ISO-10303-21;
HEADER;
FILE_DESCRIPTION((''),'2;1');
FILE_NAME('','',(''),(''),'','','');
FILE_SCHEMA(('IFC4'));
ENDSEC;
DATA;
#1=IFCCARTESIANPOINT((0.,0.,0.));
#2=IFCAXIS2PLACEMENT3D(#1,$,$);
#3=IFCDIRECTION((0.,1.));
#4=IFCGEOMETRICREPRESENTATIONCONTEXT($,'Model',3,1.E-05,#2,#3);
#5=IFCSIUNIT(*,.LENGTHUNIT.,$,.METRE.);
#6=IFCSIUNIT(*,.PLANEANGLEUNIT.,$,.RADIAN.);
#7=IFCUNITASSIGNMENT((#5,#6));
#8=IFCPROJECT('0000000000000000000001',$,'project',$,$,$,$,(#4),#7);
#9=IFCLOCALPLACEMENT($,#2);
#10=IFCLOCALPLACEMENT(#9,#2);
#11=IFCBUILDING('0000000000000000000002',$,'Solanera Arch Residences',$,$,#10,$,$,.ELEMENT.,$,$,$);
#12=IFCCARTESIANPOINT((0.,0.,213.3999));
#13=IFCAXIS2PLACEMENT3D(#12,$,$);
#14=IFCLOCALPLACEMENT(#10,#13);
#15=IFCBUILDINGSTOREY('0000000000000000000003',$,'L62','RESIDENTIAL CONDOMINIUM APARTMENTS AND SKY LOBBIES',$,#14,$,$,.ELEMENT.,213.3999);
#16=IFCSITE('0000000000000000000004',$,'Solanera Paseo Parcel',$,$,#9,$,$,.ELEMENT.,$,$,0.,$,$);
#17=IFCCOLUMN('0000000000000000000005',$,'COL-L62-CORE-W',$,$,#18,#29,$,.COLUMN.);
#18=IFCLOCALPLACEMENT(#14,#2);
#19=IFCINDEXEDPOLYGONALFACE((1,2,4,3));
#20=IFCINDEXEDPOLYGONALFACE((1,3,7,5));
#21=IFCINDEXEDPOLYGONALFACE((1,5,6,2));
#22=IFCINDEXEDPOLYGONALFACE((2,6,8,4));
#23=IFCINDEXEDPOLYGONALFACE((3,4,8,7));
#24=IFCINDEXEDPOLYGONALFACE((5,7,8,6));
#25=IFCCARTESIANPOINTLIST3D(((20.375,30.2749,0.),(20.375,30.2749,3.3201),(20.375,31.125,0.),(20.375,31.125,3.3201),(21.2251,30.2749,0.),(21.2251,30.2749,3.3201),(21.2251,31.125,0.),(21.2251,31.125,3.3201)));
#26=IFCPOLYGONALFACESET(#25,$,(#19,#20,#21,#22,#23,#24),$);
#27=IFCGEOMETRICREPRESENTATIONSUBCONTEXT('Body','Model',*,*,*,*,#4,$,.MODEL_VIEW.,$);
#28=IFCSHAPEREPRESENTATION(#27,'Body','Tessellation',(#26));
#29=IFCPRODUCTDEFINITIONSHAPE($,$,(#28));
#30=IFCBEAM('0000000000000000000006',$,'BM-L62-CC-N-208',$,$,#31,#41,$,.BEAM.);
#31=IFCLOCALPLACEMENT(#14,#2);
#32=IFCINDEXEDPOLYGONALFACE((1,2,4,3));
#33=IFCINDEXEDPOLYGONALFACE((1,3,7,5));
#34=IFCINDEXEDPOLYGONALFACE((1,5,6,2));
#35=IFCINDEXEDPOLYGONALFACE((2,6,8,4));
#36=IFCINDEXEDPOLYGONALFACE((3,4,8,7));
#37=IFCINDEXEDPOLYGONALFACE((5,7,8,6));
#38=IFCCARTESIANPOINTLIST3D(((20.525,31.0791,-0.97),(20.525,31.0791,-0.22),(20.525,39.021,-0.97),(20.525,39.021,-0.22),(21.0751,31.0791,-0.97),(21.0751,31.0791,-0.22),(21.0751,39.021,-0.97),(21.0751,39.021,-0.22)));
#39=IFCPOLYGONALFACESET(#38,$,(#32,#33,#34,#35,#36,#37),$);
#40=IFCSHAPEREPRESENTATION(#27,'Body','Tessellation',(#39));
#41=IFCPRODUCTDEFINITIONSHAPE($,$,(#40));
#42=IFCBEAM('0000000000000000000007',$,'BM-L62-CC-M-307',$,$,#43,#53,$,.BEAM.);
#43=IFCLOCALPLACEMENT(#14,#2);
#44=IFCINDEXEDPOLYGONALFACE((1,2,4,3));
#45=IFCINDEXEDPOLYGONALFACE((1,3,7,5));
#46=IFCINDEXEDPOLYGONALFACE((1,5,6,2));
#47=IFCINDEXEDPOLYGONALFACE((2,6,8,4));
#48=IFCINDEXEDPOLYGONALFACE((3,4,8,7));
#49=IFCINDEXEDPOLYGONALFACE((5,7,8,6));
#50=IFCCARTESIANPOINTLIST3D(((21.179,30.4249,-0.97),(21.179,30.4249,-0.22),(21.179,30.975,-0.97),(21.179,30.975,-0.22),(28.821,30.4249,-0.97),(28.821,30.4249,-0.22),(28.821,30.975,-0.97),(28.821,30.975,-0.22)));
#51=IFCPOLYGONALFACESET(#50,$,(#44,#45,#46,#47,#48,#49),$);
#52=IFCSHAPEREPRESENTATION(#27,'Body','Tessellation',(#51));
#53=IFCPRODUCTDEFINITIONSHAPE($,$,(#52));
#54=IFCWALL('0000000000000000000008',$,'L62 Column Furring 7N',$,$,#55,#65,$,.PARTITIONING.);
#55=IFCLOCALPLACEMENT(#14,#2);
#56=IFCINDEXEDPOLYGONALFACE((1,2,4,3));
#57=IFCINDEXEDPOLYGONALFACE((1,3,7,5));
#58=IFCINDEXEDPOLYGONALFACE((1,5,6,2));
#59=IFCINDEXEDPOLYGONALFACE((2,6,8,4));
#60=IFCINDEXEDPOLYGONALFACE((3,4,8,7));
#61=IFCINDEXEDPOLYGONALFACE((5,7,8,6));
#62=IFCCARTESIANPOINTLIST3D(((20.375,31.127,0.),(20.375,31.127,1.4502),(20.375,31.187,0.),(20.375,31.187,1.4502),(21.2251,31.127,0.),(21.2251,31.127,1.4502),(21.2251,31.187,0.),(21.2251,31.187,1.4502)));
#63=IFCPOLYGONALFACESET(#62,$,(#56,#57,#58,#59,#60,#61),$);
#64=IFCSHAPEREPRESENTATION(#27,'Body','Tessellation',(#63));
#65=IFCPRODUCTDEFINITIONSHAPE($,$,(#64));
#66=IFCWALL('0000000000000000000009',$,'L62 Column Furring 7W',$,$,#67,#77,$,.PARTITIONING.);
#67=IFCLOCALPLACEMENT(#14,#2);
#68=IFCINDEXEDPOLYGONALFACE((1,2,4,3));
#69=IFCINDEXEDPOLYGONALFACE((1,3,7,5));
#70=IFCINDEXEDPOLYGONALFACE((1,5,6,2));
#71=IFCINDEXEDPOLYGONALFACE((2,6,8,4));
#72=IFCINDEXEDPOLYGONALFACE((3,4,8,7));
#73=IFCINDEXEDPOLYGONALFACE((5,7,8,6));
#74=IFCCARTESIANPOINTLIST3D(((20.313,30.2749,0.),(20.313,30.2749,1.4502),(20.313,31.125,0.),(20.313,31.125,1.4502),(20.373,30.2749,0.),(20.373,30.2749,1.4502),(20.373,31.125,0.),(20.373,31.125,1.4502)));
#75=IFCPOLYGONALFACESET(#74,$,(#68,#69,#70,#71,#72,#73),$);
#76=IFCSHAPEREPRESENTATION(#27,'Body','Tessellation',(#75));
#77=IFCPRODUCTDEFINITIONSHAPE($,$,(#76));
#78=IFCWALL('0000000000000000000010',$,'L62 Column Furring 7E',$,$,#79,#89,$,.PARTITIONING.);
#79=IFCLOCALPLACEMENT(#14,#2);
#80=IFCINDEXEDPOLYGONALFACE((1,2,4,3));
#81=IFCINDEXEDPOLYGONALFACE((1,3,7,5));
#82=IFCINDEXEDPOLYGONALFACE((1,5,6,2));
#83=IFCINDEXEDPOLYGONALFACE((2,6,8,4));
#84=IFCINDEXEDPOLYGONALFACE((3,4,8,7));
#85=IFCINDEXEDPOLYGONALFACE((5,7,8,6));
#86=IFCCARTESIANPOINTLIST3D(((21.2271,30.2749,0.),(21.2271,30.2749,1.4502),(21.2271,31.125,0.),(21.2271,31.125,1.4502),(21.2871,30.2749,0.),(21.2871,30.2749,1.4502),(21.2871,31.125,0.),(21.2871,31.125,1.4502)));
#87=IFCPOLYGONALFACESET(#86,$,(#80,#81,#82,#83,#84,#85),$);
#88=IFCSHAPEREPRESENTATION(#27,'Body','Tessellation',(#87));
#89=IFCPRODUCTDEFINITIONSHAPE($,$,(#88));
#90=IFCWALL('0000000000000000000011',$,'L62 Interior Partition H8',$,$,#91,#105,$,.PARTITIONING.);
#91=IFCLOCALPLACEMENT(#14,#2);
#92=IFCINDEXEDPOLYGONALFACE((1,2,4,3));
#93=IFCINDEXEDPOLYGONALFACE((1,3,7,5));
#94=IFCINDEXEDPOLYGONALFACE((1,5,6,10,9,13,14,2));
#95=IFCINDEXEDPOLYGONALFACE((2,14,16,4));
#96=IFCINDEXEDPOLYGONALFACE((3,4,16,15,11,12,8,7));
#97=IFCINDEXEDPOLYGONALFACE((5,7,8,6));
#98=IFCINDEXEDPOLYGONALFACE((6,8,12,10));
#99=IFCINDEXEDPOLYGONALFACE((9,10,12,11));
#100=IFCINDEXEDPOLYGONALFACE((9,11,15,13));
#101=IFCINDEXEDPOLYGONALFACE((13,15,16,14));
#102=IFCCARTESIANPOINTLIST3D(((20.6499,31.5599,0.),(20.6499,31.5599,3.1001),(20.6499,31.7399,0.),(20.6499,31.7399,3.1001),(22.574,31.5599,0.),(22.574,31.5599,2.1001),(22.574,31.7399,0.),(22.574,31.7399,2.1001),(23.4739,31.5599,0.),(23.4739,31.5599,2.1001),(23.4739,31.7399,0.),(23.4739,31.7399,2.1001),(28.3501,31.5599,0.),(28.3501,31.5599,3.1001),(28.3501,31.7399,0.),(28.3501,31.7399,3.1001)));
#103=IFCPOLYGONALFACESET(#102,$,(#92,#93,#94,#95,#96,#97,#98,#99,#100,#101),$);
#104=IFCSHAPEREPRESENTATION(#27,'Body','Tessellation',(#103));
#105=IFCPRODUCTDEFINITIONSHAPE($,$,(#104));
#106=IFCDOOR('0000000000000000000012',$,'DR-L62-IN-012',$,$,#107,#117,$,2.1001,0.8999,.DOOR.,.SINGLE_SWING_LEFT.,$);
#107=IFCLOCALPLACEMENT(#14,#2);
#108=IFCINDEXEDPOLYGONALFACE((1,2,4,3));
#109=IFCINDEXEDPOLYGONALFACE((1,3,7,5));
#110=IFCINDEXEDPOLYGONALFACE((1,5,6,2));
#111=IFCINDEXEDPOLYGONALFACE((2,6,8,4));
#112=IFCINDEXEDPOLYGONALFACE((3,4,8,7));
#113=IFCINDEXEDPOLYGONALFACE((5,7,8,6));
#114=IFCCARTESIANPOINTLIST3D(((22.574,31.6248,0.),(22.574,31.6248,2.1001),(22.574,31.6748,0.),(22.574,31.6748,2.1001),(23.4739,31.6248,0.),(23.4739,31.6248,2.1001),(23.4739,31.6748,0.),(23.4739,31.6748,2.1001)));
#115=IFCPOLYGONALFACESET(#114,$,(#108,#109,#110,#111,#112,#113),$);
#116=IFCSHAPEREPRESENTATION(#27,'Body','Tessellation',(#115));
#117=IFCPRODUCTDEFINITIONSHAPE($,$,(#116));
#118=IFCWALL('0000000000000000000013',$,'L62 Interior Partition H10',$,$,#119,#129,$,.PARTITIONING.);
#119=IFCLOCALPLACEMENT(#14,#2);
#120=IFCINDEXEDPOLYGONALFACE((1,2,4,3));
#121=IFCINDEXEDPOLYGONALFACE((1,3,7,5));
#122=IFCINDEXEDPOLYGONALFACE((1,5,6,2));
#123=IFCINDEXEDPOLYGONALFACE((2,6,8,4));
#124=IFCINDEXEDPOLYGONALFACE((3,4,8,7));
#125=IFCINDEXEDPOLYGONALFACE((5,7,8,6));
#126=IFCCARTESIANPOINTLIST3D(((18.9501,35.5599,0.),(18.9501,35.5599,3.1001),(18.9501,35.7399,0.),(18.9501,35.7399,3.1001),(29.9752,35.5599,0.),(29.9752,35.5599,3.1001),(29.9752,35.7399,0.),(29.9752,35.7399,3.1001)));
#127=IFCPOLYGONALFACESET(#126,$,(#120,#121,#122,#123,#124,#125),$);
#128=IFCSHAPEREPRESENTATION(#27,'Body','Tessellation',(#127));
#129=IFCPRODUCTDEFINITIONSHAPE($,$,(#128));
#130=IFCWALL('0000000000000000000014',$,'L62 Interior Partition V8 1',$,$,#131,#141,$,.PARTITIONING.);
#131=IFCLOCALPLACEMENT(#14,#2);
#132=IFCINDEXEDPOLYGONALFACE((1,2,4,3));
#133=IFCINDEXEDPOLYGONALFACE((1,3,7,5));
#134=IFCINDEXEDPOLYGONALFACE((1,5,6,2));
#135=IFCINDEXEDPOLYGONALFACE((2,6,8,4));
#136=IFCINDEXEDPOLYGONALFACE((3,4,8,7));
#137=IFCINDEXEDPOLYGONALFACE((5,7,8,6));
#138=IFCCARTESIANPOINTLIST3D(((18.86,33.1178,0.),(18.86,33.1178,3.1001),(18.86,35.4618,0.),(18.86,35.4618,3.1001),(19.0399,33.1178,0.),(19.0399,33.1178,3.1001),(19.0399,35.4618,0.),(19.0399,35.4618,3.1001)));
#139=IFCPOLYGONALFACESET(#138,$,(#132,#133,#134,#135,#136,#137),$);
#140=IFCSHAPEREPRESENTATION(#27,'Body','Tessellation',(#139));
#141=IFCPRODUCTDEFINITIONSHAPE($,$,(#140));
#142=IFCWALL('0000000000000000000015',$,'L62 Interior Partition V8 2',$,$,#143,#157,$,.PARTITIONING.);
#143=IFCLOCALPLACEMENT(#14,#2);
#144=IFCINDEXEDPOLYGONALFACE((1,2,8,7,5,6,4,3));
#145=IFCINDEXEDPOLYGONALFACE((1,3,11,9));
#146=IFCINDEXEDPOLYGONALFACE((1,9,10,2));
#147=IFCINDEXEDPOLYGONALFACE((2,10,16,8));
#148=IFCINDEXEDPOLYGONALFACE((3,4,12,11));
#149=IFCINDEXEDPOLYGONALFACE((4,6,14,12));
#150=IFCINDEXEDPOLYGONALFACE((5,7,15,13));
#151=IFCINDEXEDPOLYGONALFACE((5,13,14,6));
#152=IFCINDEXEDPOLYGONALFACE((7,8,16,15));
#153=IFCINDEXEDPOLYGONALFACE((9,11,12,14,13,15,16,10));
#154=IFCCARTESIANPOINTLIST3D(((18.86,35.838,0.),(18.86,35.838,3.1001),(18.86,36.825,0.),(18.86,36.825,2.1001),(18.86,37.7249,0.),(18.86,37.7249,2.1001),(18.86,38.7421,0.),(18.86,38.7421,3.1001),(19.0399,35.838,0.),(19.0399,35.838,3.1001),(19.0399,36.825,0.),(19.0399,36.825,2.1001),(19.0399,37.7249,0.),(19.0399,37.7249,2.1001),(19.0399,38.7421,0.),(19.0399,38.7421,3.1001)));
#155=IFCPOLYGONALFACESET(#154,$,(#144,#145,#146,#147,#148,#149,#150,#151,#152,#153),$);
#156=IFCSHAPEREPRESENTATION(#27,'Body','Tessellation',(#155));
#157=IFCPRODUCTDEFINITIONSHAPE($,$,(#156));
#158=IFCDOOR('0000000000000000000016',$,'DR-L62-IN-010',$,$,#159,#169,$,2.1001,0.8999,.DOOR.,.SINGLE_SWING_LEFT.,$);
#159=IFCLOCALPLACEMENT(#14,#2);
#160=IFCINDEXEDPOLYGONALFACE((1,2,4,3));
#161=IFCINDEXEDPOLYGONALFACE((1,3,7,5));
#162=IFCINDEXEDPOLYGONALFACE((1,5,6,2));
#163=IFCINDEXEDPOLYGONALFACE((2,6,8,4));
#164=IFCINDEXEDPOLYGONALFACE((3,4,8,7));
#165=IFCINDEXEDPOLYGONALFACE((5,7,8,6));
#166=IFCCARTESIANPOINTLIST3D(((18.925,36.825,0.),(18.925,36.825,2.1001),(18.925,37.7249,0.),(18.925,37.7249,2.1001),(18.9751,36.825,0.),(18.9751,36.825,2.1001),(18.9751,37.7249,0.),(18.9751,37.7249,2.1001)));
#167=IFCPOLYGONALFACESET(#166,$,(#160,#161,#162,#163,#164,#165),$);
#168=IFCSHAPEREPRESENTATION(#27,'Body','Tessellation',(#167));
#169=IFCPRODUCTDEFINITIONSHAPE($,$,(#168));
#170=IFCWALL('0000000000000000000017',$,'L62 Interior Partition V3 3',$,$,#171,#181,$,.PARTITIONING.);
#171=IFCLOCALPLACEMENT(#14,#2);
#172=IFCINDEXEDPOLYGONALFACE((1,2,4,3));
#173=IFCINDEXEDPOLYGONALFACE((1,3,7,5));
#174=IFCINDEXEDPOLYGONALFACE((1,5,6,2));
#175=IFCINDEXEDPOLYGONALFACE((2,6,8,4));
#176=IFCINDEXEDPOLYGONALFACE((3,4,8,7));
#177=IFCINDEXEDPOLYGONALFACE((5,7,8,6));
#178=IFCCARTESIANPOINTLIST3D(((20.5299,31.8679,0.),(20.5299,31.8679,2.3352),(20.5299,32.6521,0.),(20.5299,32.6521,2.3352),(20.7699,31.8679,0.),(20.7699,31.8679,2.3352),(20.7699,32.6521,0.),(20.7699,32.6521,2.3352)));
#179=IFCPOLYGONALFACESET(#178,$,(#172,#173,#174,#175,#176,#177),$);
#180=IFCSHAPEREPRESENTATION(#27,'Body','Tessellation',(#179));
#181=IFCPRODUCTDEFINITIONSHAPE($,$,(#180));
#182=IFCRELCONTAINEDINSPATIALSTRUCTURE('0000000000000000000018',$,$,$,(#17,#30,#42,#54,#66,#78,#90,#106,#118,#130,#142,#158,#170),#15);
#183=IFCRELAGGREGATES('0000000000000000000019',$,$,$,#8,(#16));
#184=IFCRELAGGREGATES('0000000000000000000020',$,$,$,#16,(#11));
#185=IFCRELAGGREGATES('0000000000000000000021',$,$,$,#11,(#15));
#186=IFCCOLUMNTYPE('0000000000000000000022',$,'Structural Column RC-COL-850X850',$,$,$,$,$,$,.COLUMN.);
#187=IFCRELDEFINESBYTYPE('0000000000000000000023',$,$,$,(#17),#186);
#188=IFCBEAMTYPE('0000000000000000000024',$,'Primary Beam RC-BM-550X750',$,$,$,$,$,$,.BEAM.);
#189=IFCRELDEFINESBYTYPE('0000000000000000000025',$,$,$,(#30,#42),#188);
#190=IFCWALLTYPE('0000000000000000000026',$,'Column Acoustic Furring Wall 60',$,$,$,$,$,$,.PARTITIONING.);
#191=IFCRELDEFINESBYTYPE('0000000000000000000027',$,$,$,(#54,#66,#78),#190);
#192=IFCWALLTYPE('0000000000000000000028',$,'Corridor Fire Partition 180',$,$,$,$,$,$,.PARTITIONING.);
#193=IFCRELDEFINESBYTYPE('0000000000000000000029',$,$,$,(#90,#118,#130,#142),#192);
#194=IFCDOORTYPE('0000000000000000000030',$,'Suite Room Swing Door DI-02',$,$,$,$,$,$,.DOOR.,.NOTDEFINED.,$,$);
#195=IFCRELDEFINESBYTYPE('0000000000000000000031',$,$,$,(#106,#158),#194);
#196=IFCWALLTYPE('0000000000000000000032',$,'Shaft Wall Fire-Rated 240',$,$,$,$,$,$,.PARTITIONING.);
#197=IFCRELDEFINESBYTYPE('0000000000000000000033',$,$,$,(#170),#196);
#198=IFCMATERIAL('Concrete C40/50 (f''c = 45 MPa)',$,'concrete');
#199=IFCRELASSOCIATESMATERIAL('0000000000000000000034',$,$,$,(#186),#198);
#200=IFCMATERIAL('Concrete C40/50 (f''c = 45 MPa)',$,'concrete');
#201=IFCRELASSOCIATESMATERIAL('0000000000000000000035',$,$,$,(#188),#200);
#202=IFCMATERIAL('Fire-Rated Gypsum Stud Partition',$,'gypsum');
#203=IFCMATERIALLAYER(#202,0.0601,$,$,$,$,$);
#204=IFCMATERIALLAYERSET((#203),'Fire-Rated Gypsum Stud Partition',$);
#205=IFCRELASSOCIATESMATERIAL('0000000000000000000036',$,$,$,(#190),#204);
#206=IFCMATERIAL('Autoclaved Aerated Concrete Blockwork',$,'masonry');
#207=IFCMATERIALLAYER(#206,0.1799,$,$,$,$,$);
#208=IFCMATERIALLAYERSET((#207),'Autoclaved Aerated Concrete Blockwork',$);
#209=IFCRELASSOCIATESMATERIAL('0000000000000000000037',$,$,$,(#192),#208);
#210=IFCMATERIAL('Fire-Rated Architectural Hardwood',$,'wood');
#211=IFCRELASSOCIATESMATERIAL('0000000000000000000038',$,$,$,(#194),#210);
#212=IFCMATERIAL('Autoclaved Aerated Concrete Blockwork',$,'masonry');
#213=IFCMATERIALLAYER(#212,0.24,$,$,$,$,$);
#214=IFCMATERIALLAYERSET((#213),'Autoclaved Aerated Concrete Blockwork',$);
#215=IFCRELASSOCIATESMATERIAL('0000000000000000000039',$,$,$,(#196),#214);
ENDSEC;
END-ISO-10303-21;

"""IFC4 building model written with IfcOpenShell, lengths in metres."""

from ifc_helpers import new_model, si_unit, direction, frame, frame_2d, origin, origin_2d, place, context, subcontext, project, spatial, rectangle, extrude, material, layer, layer_set, material_profile, profile_set, type_object, element, fill, save


model = new_model("IFC4")

# Units and contexts
model_context = context("Model", 3, precision=1e-05, world=origin(), true_north=direction((0.0, 1.0)))
body_context = subcontext(model_context, "Body", "Model", "MODEL_VIEW")
ifc_project = project(units=[si_unit("LENGTHUNIT", "METRE"), si_unit("PLANEANGLEUNIT", "RADIAN")], contexts=[model_context])

# Site, building, storey
site_placement = place(None, origin())
site = spatial("IfcSite", under=ifc_project, at=site_placement, Name="Solanera Paseo Parcel", CompositionType="ELEMENT", RefElevation=0.0)
building_placement = place(site_placement, origin())
building = spatial("IfcBuilding", under=site, at=building_placement, Name="Solanera Arch Residences", CompositionType="ELEMENT")
storey_placement = place(building_placement, frame((0.0, 0.0, 213.3999)))
storey = spatial("IfcBuildingStorey", under=building, at=storey_placement, Name="L62", Description="RESIDENTIAL CONDOMINIUM APARTMENTS AND SKY LOBBIES", CompositionType="ELEMENT", Elevation=213.3999)

# Column
ifc_material_1 = material(Name="Concrete C40/50 (f'c = 45 MPa)", Category="concrete")
ifc_material_profile_1 = material_profile(ifc_material_1, rectangle(XDim=0.8501, YDim=0.8501, at=origin_2d()))
ifc_profile_set_1 = profile_set([ifc_material_profile_1], Name="Concrete C40/50 (f'c = 45 MPa)")
column_type = type_object("IfcColumnType", Name="Structural Column RC-COL-850X850", PredefinedType="COLUMN", material=ifc_profile_set_1)
column_placement = place(storey_placement, frame((20.8, 30.7, 0.0), z_axis=(0.0, 0.0, 1.0), x_axis=(1.0, 0.0, 0.0)))
element("IfcColumn", 1, at=column_placement, inside=storey, type_object=column_type, Name="COL-L62-CORE-W", PredefinedType="COLUMN", context=body_context, shape_type="SweptSolid", body=[
    extrude(rectangle(XDim=0.8501, YDim=0.8501, at=origin_2d()), origin(), (0.0, 0.0, 1.0), 3.3201),
])

# Beams
ifc_material_2 = material(Name="Concrete C40/50 (f'c = 45 MPa)", Category="concrete")
ifc_material_profile_2 = material_profile(ifc_material_2, rectangle(XDim=0.55, YDim=0.75, at=origin_2d()))
ifc_profile_set_2 = profile_set([ifc_material_profile_2], Name="Concrete C40/50 (f'c = 45 MPa)")
beam_type = type_object("IfcBeamType", Name="Primary Beam RC-BM-550X750", PredefinedType="BEAM", material=ifc_profile_set_2)
beam_1_placement = place(storey_placement, frame((20.8, 31.0791, -0.595), z_axis=(0.0, 1.0, 0.0), x_axis=(-1.0, 0.0, 0.0)))
element("IfcBeam", 2, at=beam_1_placement, inside=storey, type_object=beam_type, Name="BM-L62-CC-N-208", PredefinedType="BEAM", context=body_context, shape_type="SweptSolid", body=[
    extrude(rectangle(XDim=0.55, YDim=0.75, at=origin_2d()), origin(), (0.0, 0.0, 1.0), 7.9419),
])
beam_2_placement = place(storey_placement, frame((21.179, 30.7, -0.595), z_axis=(1.0, 0.0, 0.0), x_axis=(0.0, 1.0, 0.0)))
element("IfcBeam", 3, at=beam_2_placement, inside=storey, type_object=beam_type, Name="BM-L62-CC-M-307", PredefinedType="BEAM", context=body_context, shape_type="SweptSolid", body=[
    extrude(rectangle(XDim=0.55, YDim=0.75, at=origin_2d()), origin(), (0.0, 0.0, 1.0), 7.6421),
])

# Walls
ifc_material_3 = material(Name="Fire-Rated Gypsum Stud Partition", Category="gypsum")
ifc_layer_1 = layer(ifc_material_3, 0.0601)
ifc_layer_set_1 = layer_set([ifc_layer_1], Name="Fire-Rated Gypsum Stud Partition")
wall_type_1 = type_object("IfcWallType", Name="Column Acoustic Furring Wall 60", PredefinedType="PARTITIONING", material=ifc_layer_set_1)
for number, where, z_axis, x_axis, name in (
    (4, (20.375, 31.157, 0.0), (0.0, 0.0, 1.0), (1.0, 0.0, 0.0), "L62 Column Furring 7N"),
    (5, (20.343, 30.2749, 0.0), (0.0, 0.0, 1.0), (0.0, 1.0, 0.0), "L62 Column Furring 7W"),
    (6, (21.2571, 30.2749, 0.0), (0.0, 0.0, 1.0), (0.0, 1.0, 0.0), "L62 Column Furring 7E"),
):
    element("IfcWall", number, at=place(storey_placement, frame(where, z_axis=z_axis, x_axis=x_axis)), inside=storey, type_object=wall_type_1, Name=name, PredefinedType="PARTITIONING", context=body_context, shape_type="SweptSolid", body=[
        extrude(rectangle(XDim=0.8501, YDim=0.0601, at=frame_2d((0.425, 0.0))), origin(), (0.0, 0.0, 1.0), 1.4502),
    ])

# Wall, opening, door
ifc_material_4 = material(Name="Autoclaved Aerated Concrete Blockwork", Category="masonry")
ifc_layer_2 = layer(ifc_material_4, 0.1799)
ifc_layer_set_2 = layer_set([ifc_layer_2], Name="Autoclaved Aerated Concrete Blockwork")
wall_type_2 = type_object("IfcWallType", Name="Corridor Fire Partition 180", PredefinedType="PARTITIONING", material=ifc_layer_set_2)
wall_1_placement = place(storey_placement, frame((20.6499, 31.6499, 0.0), z_axis=(0.0, 0.0, 1.0), x_axis=(1.0, 0.0, 0.0)))
wall_1 = element("IfcWall", 7, at=wall_1_placement, inside=storey, type_object=wall_type_2, Name="L62 Interior Partition H8", PredefinedType="PARTITIONING", context=body_context, shape_type="SweptSolid", body=[
    extrude(rectangle(XDim=7.7002, YDim=0.1799, at=frame_2d((3.8501, 0.0))), origin(), (0.0, 0.0, 1.0), 3.1001),
])
opening_1_placement = place(wall_1_placement, frame((1.9241, 0.0, 0.0)))
opening_1 = element("IfcOpeningElement", 8, at=opening_1_placement, cuts=wall_1, PredefinedType="OPENING", context=body_context, shape_type="SweptSolid", body=[
    extrude(rectangle(XDim=0.8999, YDim=2.1001, at=frame_2d((0.45, 1.05))), frame((0.0, 0.1001, 0.0), z_axis=(0.0, -1.0, 0.0), x_axis=(1.0, 0.0, 0.0)), (0.0, 0.0, 1.0), 0.1999),
])
ifc_material_5 = material(Name="Fire-Rated Architectural Hardwood", Category="wood")
door_type_1 = type_object("IfcDoorType", Name="Suite Room Swing Door DI-02", OperationType="NOTDEFINED", PredefinedType="DOOR", material=ifc_material_5)
door_1_placement = place(opening_1_placement, origin())
door_1 = element("IfcDoor", 9, at=door_1_placement, inside=storey, type_object=door_type_1, Name="DR-L62-IN-012", OperationType="SINGLE_SWING_LEFT", OverallHeight=2.1001, OverallWidth=0.8999, PredefinedType="DOOR", context=body_context, shape_type="SweptSolid", body=[
    extrude(rectangle(XDim=0.8999, YDim=2.1001, at=frame_2d((0.45, 1.05))), frame((0.0, 0.0249, 0.0), z_axis=(0.0, -1.0, 0.0), x_axis=(1.0, 0.0, 0.0)), (0.0, 0.0, 1.0), 0.05),
])
fill(opening_1, door_1)

# Walls
wall_2_placement = place(storey_placement, frame((18.95, 35.6499, 0.0), z_axis=(0.0, 0.0, 1.0), x_axis=(1.0, 0.0, 0.0)))
element("IfcWall", 10, at=wall_2_placement, inside=storey, type_object=wall_type_2, Name="L62 Interior Partition H10", PredefinedType="PARTITIONING", context=body_context, shape_type="SweptSolid", body=[
    extrude(rectangle(XDim=11.0251, YDim=0.1799, at=frame_2d((5.5127, 0.0))), origin(), (0.0, 0.0, 1.0), 3.1001),
])
wall_3_placement = place(storey_placement, frame((18.95, 33.1179, 0.0), z_axis=(0.0, 0.0, 1.0), x_axis=(0.0, 1.0, 0.0)))
element("IfcWall", 11, at=wall_3_placement, inside=storey, type_object=wall_type_2, Name="L62 Interior Partition V8 1", PredefinedType="PARTITIONING", context=body_context, shape_type="SweptSolid", body=[
    extrude(rectangle(XDim=2.344, YDim=0.1799, at=frame_2d((1.1719, 0.0))), origin(), (0.0, 0.0, 1.0), 3.1001),
])

# Wall, opening, door
wall_4_placement = place(storey_placement, frame((18.95, 35.8379, 0.0), z_axis=(0.0, 0.0, 1.0), x_axis=(0.0, 1.0, 0.0)))
wall_4 = element("IfcWall", 12, at=wall_4_placement, inside=storey, type_object=wall_type_2, Name="L62 Interior Partition V8 2", PredefinedType="PARTITIONING", context=body_context, shape_type="SweptSolid", body=[
    extrude(rectangle(XDim=2.9041, YDim=0.1799, at=frame_2d((1.4521, 0.0))), origin(), (0.0, 0.0, 1.0), 3.1001),
])
opening_2_placement = place(wall_4_placement, frame((0.9871, 0.0, 0.0)))
opening_2 = element("IfcOpeningElement", 13, at=opening_2_placement, cuts=wall_4, PredefinedType="OPENING", context=body_context, shape_type="SweptSolid", body=[
    extrude(rectangle(XDim=0.8999, YDim=2.1001, at=frame_2d((0.45, 1.05))), frame((0.0, 0.1001, 0.0), z_axis=(0.0, -1.0, 0.0), x_axis=(1.0, 0.0, 0.0)), (0.0, 0.0, 1.0), 0.1999),
])
door_2_placement = place(opening_2_placement, origin())
door_2 = element("IfcDoor", 14, at=door_2_placement, inside=storey, type_object=door_type_1, Name="DR-L62-IN-010", OperationType="SINGLE_SWING_LEFT", OverallHeight=2.1001, OverallWidth=0.8999, PredefinedType="DOOR", context=body_context, shape_type="SweptSolid", body=[
    extrude(rectangle(XDim=0.8999, YDim=2.1001, at=frame_2d((0.45, 1.05))), frame((0.0, 0.0249, 0.0), z_axis=(0.0, -1.0, 0.0), x_axis=(1.0, 0.0, 0.0)), (0.0, 0.0, 1.0), 0.05),
])
fill(opening_2, door_2)
ifc_material_6 = material(Name="Autoclaved Aerated Concrete Blockwork", Category="masonry")
ifc_layer_3 = layer(ifc_material_6, 0.24)
ifc_layer_set_3 = layer_set([ifc_layer_3], Name="Autoclaved Aerated Concrete Blockwork")
wall_type_3 = type_object("IfcWallType", Name="Shaft Wall Fire-Rated 240", PredefinedType="PARTITIONING", material=ifc_layer_set_3)

# Wall
wall_5_placement = place(storey_placement, frame((20.6499, 31.8679, 0.0), z_axis=(0.0, 0.0, 1.0), x_axis=(0.0, 1.0, 0.0)))
element("IfcWall", 15, at=wall_5_placement, inside=storey, type_object=wall_type_3, Name="L62 Interior Partition V3 3", PredefinedType="PARTITIONING", context=body_context, shape_type="SweptSolid", body=[
    extrude(rectangle(XDim=0.7842, YDim=0.24, at=frame_2d((0.3921, 0.0))), origin(), (0.0, 0.0, 1.0), 2.3352),
])

save(model, "model.ifc")
